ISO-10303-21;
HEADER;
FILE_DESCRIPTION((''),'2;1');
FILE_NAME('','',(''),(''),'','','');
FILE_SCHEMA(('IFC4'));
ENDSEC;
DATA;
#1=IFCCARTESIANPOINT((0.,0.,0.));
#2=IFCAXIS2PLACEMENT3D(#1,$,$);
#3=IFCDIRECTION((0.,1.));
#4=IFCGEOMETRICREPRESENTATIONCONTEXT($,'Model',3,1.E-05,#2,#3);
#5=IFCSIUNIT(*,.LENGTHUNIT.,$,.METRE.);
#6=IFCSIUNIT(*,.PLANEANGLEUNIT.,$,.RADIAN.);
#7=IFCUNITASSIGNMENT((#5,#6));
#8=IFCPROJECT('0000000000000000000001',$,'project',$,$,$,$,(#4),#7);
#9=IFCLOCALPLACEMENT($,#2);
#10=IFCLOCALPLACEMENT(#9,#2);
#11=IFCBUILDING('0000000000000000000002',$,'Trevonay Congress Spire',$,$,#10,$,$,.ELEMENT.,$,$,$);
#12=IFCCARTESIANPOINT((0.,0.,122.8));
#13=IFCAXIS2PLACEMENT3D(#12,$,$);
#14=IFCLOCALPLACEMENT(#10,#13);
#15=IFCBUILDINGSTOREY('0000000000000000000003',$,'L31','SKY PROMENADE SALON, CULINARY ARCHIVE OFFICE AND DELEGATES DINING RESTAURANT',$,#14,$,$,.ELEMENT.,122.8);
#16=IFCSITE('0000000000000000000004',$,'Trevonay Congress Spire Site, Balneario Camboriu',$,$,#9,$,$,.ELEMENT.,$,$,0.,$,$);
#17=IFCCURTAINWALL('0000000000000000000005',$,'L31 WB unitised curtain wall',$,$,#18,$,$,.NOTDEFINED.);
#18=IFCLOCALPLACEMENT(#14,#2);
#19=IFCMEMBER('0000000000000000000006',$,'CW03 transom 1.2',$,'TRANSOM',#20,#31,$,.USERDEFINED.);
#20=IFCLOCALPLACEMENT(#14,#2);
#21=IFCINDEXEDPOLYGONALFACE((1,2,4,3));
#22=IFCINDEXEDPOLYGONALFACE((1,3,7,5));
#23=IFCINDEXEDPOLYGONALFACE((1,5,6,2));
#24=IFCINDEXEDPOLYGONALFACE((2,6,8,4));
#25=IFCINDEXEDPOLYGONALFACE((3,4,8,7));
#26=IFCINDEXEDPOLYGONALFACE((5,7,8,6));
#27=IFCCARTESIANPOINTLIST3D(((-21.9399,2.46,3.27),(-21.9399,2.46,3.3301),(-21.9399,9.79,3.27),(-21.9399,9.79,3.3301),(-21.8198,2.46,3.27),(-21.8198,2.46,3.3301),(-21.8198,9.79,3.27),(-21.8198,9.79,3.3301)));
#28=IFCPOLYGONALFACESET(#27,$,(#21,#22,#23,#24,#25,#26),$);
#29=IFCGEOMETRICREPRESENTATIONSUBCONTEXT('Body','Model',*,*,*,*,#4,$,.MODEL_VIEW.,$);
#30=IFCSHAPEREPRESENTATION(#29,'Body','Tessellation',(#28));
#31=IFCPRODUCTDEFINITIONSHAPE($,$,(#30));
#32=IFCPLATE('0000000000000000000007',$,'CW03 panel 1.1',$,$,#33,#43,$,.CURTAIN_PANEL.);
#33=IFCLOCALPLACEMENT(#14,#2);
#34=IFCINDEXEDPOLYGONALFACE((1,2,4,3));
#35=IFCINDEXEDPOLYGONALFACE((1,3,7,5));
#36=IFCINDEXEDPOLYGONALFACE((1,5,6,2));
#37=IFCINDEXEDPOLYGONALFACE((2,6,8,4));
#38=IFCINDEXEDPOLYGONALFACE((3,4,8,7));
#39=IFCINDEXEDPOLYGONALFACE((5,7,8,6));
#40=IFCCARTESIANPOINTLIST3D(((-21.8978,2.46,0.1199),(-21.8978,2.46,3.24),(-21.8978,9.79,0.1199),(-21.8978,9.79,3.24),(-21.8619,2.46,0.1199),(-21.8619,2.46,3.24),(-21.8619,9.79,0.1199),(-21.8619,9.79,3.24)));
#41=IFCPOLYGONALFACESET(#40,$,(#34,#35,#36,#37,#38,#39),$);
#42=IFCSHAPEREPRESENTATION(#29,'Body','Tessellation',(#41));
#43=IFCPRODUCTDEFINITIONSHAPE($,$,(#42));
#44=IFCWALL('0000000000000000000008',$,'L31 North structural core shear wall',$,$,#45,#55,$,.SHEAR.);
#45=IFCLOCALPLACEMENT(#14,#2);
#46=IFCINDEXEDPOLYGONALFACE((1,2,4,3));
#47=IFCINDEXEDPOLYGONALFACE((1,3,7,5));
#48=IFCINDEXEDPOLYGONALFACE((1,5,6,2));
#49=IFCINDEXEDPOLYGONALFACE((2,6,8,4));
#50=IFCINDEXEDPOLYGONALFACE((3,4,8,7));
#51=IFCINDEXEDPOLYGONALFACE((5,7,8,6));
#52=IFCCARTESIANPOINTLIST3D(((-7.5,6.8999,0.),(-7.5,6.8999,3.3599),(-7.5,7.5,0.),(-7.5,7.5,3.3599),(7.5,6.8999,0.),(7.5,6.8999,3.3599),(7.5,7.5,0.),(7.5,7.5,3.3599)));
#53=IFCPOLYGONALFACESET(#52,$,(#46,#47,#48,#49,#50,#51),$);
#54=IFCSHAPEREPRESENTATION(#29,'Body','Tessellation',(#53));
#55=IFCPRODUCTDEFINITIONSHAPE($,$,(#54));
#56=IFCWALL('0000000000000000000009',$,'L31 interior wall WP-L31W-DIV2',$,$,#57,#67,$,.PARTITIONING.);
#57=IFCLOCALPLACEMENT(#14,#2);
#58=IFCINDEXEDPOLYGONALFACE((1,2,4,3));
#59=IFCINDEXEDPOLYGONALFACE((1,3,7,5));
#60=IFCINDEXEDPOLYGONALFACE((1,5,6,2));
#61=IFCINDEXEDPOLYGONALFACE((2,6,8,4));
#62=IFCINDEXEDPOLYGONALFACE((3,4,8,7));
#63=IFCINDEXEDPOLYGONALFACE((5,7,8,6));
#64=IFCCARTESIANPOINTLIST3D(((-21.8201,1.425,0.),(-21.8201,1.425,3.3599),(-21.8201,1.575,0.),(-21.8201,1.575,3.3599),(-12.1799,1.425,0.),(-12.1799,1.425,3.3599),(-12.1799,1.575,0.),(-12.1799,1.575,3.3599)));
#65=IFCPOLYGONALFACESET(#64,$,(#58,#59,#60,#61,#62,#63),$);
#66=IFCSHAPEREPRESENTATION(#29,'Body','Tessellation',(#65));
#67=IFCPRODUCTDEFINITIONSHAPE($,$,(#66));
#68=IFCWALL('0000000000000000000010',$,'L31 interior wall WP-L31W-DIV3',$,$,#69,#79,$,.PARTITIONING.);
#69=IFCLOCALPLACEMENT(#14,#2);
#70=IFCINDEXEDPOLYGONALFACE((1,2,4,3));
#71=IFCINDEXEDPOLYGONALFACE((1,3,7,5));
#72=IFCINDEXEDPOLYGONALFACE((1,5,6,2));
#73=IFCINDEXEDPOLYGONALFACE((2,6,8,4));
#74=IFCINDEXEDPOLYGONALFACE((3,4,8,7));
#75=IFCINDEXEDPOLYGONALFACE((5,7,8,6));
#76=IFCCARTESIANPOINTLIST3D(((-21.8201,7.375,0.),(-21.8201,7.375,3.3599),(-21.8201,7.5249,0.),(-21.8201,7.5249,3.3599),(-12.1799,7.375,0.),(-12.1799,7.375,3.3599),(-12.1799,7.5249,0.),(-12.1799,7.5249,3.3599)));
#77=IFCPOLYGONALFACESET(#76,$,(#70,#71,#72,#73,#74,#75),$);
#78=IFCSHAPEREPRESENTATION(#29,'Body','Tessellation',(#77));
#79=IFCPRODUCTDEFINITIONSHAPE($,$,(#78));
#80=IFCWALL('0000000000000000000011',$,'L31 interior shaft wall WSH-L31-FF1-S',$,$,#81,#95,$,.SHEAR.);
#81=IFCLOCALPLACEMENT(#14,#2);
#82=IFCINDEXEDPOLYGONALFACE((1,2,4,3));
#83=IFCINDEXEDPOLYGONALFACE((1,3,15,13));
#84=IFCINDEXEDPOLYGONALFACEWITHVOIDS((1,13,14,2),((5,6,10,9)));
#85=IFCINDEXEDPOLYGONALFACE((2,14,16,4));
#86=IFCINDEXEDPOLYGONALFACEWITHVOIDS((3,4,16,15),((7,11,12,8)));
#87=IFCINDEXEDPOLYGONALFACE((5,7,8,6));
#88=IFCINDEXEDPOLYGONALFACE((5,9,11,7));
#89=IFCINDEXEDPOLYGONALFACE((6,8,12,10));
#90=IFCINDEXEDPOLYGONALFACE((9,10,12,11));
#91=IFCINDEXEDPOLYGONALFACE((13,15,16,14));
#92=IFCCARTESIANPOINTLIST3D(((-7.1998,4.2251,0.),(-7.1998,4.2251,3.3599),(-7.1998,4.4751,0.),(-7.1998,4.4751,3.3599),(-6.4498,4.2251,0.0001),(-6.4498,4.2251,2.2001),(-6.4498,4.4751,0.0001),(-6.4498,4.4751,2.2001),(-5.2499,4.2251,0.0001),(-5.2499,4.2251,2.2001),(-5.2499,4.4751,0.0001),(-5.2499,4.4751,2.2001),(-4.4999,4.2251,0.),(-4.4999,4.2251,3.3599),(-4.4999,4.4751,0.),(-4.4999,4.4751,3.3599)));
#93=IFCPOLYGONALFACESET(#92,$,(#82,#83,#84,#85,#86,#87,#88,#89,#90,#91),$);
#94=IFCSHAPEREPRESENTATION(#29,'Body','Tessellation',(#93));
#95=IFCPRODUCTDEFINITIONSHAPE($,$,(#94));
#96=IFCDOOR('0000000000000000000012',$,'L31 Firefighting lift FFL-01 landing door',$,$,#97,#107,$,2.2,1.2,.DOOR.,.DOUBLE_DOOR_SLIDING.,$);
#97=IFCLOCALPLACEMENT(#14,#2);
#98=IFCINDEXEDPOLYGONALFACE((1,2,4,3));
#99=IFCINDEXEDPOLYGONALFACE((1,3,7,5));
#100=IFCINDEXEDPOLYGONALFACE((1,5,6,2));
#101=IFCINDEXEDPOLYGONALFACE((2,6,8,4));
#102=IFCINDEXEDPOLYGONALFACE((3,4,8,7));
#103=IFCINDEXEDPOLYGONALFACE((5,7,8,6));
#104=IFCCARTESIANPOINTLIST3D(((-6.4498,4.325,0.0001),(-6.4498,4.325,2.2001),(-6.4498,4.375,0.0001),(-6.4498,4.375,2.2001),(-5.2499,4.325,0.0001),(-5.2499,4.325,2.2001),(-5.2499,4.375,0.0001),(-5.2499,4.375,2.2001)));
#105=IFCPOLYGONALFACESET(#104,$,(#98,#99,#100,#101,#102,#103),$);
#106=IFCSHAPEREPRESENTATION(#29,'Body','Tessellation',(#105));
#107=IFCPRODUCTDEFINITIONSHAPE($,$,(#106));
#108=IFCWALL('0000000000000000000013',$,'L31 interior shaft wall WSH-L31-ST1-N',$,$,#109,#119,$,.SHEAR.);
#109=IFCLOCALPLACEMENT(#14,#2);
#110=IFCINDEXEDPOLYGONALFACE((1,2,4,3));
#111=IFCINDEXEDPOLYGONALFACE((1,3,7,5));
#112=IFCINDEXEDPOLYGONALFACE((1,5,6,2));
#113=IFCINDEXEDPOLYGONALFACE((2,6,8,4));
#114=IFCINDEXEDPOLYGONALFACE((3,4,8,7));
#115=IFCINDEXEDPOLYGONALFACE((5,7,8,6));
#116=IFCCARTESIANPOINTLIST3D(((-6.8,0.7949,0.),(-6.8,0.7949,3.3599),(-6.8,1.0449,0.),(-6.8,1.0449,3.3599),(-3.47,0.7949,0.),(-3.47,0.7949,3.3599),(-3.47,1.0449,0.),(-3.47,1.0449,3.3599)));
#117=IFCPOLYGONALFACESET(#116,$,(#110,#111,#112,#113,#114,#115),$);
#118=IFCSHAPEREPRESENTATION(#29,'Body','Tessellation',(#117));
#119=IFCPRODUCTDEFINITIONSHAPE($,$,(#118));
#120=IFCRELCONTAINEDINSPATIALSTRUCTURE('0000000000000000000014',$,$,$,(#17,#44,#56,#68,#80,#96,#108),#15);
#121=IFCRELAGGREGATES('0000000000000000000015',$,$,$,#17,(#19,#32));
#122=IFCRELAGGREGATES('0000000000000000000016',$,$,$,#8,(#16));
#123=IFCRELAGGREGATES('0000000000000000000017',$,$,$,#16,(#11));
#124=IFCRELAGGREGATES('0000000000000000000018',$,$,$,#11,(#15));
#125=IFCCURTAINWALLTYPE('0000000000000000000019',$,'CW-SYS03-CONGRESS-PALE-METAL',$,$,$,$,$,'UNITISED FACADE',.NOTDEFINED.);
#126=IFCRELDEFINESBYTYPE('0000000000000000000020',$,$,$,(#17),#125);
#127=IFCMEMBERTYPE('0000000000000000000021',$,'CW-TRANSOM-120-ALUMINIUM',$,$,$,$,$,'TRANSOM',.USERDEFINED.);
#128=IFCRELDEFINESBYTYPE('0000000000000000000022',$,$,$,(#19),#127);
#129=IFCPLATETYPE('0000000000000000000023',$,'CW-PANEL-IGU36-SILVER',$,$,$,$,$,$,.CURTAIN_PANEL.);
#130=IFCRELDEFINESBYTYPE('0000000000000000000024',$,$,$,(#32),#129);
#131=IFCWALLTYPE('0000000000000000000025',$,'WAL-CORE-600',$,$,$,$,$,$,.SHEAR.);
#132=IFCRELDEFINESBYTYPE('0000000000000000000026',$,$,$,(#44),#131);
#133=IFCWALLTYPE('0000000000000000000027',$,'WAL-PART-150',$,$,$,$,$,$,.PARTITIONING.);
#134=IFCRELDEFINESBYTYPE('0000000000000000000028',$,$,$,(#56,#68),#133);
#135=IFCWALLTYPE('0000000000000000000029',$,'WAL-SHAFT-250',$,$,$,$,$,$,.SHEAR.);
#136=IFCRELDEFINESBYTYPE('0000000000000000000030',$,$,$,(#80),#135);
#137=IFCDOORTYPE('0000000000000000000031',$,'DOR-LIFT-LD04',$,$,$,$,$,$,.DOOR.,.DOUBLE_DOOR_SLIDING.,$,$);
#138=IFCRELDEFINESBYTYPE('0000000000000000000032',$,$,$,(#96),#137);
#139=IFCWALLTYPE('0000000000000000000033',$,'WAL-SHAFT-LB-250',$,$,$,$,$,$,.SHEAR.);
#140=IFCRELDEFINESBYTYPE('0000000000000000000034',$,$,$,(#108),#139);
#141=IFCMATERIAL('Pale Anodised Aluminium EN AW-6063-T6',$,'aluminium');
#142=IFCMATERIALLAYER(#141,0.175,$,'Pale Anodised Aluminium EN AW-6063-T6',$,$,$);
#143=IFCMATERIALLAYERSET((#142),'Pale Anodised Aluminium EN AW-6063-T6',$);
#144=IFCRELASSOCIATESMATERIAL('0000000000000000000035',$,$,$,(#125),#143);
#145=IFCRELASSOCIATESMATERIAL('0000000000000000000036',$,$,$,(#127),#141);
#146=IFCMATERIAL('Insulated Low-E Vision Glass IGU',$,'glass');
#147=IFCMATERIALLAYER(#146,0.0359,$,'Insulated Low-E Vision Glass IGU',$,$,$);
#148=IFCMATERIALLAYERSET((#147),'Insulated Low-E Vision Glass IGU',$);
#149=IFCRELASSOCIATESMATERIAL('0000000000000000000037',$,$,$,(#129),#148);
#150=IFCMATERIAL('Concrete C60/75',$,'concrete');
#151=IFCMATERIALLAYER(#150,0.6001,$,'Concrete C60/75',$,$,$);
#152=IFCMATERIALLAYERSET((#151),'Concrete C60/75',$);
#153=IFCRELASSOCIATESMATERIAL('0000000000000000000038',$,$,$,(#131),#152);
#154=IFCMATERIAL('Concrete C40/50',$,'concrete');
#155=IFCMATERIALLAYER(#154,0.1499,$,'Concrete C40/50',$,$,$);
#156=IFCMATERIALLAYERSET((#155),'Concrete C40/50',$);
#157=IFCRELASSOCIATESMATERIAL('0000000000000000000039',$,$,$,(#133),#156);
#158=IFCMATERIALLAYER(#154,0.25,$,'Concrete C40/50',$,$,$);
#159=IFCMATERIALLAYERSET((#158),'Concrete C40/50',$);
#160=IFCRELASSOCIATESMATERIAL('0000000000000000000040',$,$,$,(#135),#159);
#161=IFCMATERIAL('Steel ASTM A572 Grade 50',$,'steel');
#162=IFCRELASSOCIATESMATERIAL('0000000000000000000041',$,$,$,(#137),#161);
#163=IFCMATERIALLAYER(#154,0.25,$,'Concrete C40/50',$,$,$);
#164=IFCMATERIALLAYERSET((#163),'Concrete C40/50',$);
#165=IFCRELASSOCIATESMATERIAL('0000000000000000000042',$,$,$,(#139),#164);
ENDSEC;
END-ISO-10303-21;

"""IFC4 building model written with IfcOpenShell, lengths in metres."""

from ifc_helpers import new_model, si_unit, direction, frame, frame_2d, origin, origin_2d, place, context, subcontext, project, spatial, rectangle, extrude, material, layer, layer_set, material_profile, profile_set, type_object, element, fill, aggregate, save


model = new_model("IFC4")

# Units and contexts
model_context = context("Model", 3, precision=1e-05, world=origin(), true_north=direction((0.0, 1.0)))
body_context = subcontext(model_context, "Body", "Model", "MODEL_VIEW")
ifc_project = project(units=[si_unit("LENGTHUNIT", "METRE"), si_unit("PLANEANGLEUNIT", "RADIAN")], contexts=[model_context])

# Site, building, storey
site_placement = place(None, origin())
site = spatial("IfcSite", under=ifc_project, at=site_placement, Name="Trevonay Congress Spire Site, Balneario Camboriu", CompositionType="ELEMENT", RefElevation=0.0)
building_placement = place(site_placement, origin())
building = spatial("IfcBuilding", under=site, at=building_placement, Name="Trevonay Congress Spire", CompositionType="ELEMENT")
storey_placement = place(building_placement, frame((0.0, 0.0, 122.8)))
storey = spatial("IfcBuildingStorey", under=building, at=storey_placement, Name="L31", Description="SKY PROMENADE SALON, CULINARY ARCHIVE OFFICE AND DELEGATES DINING RESTAURANT", CompositionType="ELEMENT", Elevation=122.8)

# Shared definitions
ifc_material_1 = material(Name="Steel ASTM A572 Grade 50", Category="steel")

# Curtain wall, member, plate
ifc_material_2 = material(Name="Pale Anodised Aluminium EN AW-6063-T6", Category="aluminium")
ifc_layer_1 = layer(ifc_material_2, 0.175, Name="Pale Anodised Aluminium EN AW-6063-T6")
ifc_layer_set_1 = layer_set([ifc_layer_1], Name="Pale Anodised Aluminium EN AW-6063-T6")
curtain_wall_type = type_object("IfcCurtainWallType", Name="CW-SYS03-CONGRESS-PALE-METAL", ElementType="UNITISED FACADE", PredefinedType="NOTDEFINED", material=ifc_layer_set_1)
curtain_wall_placement = place(storey_placement, origin())
curtain_wall = element("IfcCurtainWall", 1, at=curtain_wall_placement, inside=storey, type_object=curtain_wall_type, Name="L31 WB unitised curtain wall", PredefinedType="NOTDEFINED")
ifc_material_profile_1 = material_profile(ifc_material_2, rectangle(XDim=0.1201, YDim=0.0601, at=origin_2d()), Name="CW-TRANSOM-120-ALUMINIUM")
ifc_profile_set_1 = profile_set([ifc_material_profile_1], Name="Pale Anodised Aluminium EN AW-6063-T6")
member_type_1 = type_object("IfcMemberType", Name="CW-TRANSOM-120-ALUMINIUM", ElementType="TRANSOM", PredefinedType="USERDEFINED", material=ifc_profile_set_1)
member_1_placement = place(storey_placement, frame((-21.8799, 2.46, 3.3), z_axis=(0.0, 1.0, 0.0), x_axis=(-1.0, 0.0, 0.0)))
member_1 = element("IfcMember", 2, at=member_1_placement, type_object=member_type_1, Name="CW03 transom 1.2", ObjectType="TRANSOM", PredefinedType="USERDEFINED", context=body_context, shape_type="SweptSolid", body=[
    extrude(rectangle(XDim=0.1201, YDim=0.0601, at=origin_2d()), origin(), (0.0, 0.0, 1.0), 7.3301),
])
ifc_material_3 = material(Name="Insulated Low-E Vision Glass IGU", Category="glass")
ifc_layer_2 = layer(ifc_material_3, 0.0359, Name="Insulated Low-E Vision Glass IGU")
ifc_layer_set_2 = layer_set([ifc_layer_2], Name="Insulated Low-E Vision Glass IGU")
plate_type = type_object("IfcPlateType", Name="CW-PANEL-IGU36-SILVER", PredefinedType="CURTAIN_PANEL", material=ifc_layer_set_2)
plate_placement = place(storey_placement, frame((-21.8799, 6.125, 0.1199), z_axis=(0.0, 0.0, 1.0), x_axis=(0.0, 1.0, 0.0)))
plate = element("IfcPlate", 3, at=plate_placement, type_object=plate_type, Name="CW03 panel 1.1", PredefinedType="CURTAIN_PANEL", context=body_context, shape_type="SweptSolid", body=[
    extrude(rectangle(XDim=7.3301, YDim=0.0359, at=origin_2d()), origin(), (0.0, 0.0, 1.0), 3.1201),
])
aggregate(curtain_wall, [member_1, plate])

# Walls
ifc_material_4 = material(Name="Concrete C60/75", Category="concrete")
ifc_layer_3 = layer(ifc_material_4, 0.6001, Name="Concrete C60/75")
ifc_layer_set_3 = layer_set([ifc_layer_3], Name="Concrete C60/75")
wall_type_1 = type_object("IfcWallType", Name="WAL-CORE-600", PredefinedType="SHEAR", material=ifc_layer_set_3)
wall_1_placement = place(storey_placement, frame((-7.5, 7.2, 0.0), z_axis=(0.0, 0.0, 1.0), x_axis=(1.0, 0.0, 0.0)))
element("IfcWall", 4, at=wall_1_placement, inside=storey, type_object=wall_type_1, Name="L31 North structural core shear wall", PredefinedType="SHEAR", context=body_context, shape_type="SweptSolid", body=[
    extrude(rectangle(XDim=15.0, YDim=0.6001, at=frame_2d((7.5, 0.0))), origin(), (0.0, 0.0, 1.0), 3.3599),
])
ifc_material_5 = material(Name="Concrete C40/50", Category="concrete")
ifc_layer_4 = layer(ifc_material_5, 0.1499, Name="Concrete C40/50")
ifc_layer_set_4 = layer_set([ifc_layer_4], Name="Concrete C40/50")
wall_type_2 = type_object("IfcWallType", Name="WAL-PART-150", PredefinedType="PARTITIONING", material=ifc_layer_set_4)
for number, where, z_axis, x_axis, name in (
    (5, (-21.8201, 1.5, 0.0), (0.0, 0.0, 1.0), (1.0, 0.0, 0.0), "L31 interior wall WP-L31W-DIV2"),
    (6, (-21.8201, 7.45, 0.0), (0.0, 0.0, 1.0), (1.0, 0.0, 0.0), "L31 interior wall WP-L31W-DIV3"),
):
    element("IfcWall", number, at=place(storey_placement, frame(where, z_axis=z_axis, x_axis=x_axis)), inside=storey, type_object=wall_type_2, Name=name, PredefinedType="PARTITIONING", context=body_context, shape_type="SweptSolid", body=[
        extrude(rectangle(XDim=9.6401, YDim=0.1499, at=frame_2d((4.8201, 0.0))), origin(), (0.0, 0.0, 1.0), 3.3599),
    ])

# Wall, opening, door
ifc_layer_5 = layer(ifc_material_5, 0.25, Name="Concrete C40/50")
ifc_layer_set_5 = layer_set([ifc_layer_5], Name="Concrete C40/50")
wall_type_3 = type_object("IfcWallType", Name="WAL-SHAFT-250", PredefinedType="SHEAR", material=ifc_layer_set_5)
wall_2_placement = place(storey_placement, frame((-7.2, 4.3501, 0.0), z_axis=(0.0, 0.0, 1.0), x_axis=(1.0, 0.0, 0.0)))
wall_2 = element("IfcWall", 7, at=wall_2_placement, inside=storey, type_object=wall_type_3, Name="L31 interior shaft wall WSH-L31-FF1-S", PredefinedType="SHEAR", context=body_context, shape_type="SweptSolid", body=[
    extrude(rectangle(XDim=2.7, YDim=0.25, at=frame_2d((1.3501, 0.0))), origin(), (0.0, 0.0, 1.0), 3.3599),
])
opening_placement = place(wall_2_placement, frame((0.75, 0.0, 0.0)))
opening = element("IfcOpeningElement", 8, at=opening_placement, cuts=wall_2, PredefinedType="OPENING", context=body_context, shape_type="SweptSolid", body=[
    extrude(rectangle(XDim=1.2, YDim=2.2, at=frame_2d((0.6001, 1.1001))), frame((0.0, 0.135, 0.0), z_axis=(0.0, -1.0, 0.0), x_axis=(1.0, 0.0, 0.0)), (0.0, 0.0, 1.0), 0.27),
])
door_type = type_object("IfcDoorType", Name="DOR-LIFT-LD04", OperationType="DOUBLE_DOOR_SLIDING", PredefinedType="DOOR", material=ifc_material_1)
door_placement = place(opening_placement, origin())
door = element("IfcDoor", 9, at=door_placement, inside=storey, type_object=door_type, Name="L31 Firefighting lift FFL-01 landing door", OperationType="DOUBLE_DOOR_SLIDING", OverallHeight=2.2, OverallWidth=1.2, PredefinedType="DOOR", context=body_context, shape_type="SweptSolid", body=[
    extrude(rectangle(XDim=1.2, YDim=2.2, at=frame_2d((0.6001, 1.1001))), frame((0.0, 0.0249, 0.0), z_axis=(0.0, -1.0, 0.0), x_axis=(1.0, 0.0, 0.0)), (0.0, 0.0, 1.0), 0.05),
])
fill(opening, door)

# Wall
ifc_layer_6 = layer(ifc_material_5, 0.25, Name="Concrete C40/50")
ifc_layer_set_6 = layer_set([ifc_layer_6], Name="Concrete C40/50")
wall_type_4 = type_object("IfcWallType", Name="WAL-SHAFT-LB-250", PredefinedType="SHEAR", material=ifc_layer_set_6)
wall_3_placement = place(storey_placement, frame((-6.8, 0.9199, 0.0), z_axis=(0.0, 0.0, 1.0), x_axis=(1.0, 0.0, 0.0)))
element("IfcWall", 10, at=wall_3_placement, inside=storey, type_object=wall_type_4, Name="L31 interior shaft wall WSH-L31-ST1-N", PredefinedType="SHEAR", context=body_context, shape_type="SweptSolid", body=[
    extrude(rectangle(XDim=3.3301, YDim=0.25, at=frame_2d((1.665, 0.0))), origin(), (0.0, 0.0, 1.0), 3.3599),
])

save(model, "model.ifc")
